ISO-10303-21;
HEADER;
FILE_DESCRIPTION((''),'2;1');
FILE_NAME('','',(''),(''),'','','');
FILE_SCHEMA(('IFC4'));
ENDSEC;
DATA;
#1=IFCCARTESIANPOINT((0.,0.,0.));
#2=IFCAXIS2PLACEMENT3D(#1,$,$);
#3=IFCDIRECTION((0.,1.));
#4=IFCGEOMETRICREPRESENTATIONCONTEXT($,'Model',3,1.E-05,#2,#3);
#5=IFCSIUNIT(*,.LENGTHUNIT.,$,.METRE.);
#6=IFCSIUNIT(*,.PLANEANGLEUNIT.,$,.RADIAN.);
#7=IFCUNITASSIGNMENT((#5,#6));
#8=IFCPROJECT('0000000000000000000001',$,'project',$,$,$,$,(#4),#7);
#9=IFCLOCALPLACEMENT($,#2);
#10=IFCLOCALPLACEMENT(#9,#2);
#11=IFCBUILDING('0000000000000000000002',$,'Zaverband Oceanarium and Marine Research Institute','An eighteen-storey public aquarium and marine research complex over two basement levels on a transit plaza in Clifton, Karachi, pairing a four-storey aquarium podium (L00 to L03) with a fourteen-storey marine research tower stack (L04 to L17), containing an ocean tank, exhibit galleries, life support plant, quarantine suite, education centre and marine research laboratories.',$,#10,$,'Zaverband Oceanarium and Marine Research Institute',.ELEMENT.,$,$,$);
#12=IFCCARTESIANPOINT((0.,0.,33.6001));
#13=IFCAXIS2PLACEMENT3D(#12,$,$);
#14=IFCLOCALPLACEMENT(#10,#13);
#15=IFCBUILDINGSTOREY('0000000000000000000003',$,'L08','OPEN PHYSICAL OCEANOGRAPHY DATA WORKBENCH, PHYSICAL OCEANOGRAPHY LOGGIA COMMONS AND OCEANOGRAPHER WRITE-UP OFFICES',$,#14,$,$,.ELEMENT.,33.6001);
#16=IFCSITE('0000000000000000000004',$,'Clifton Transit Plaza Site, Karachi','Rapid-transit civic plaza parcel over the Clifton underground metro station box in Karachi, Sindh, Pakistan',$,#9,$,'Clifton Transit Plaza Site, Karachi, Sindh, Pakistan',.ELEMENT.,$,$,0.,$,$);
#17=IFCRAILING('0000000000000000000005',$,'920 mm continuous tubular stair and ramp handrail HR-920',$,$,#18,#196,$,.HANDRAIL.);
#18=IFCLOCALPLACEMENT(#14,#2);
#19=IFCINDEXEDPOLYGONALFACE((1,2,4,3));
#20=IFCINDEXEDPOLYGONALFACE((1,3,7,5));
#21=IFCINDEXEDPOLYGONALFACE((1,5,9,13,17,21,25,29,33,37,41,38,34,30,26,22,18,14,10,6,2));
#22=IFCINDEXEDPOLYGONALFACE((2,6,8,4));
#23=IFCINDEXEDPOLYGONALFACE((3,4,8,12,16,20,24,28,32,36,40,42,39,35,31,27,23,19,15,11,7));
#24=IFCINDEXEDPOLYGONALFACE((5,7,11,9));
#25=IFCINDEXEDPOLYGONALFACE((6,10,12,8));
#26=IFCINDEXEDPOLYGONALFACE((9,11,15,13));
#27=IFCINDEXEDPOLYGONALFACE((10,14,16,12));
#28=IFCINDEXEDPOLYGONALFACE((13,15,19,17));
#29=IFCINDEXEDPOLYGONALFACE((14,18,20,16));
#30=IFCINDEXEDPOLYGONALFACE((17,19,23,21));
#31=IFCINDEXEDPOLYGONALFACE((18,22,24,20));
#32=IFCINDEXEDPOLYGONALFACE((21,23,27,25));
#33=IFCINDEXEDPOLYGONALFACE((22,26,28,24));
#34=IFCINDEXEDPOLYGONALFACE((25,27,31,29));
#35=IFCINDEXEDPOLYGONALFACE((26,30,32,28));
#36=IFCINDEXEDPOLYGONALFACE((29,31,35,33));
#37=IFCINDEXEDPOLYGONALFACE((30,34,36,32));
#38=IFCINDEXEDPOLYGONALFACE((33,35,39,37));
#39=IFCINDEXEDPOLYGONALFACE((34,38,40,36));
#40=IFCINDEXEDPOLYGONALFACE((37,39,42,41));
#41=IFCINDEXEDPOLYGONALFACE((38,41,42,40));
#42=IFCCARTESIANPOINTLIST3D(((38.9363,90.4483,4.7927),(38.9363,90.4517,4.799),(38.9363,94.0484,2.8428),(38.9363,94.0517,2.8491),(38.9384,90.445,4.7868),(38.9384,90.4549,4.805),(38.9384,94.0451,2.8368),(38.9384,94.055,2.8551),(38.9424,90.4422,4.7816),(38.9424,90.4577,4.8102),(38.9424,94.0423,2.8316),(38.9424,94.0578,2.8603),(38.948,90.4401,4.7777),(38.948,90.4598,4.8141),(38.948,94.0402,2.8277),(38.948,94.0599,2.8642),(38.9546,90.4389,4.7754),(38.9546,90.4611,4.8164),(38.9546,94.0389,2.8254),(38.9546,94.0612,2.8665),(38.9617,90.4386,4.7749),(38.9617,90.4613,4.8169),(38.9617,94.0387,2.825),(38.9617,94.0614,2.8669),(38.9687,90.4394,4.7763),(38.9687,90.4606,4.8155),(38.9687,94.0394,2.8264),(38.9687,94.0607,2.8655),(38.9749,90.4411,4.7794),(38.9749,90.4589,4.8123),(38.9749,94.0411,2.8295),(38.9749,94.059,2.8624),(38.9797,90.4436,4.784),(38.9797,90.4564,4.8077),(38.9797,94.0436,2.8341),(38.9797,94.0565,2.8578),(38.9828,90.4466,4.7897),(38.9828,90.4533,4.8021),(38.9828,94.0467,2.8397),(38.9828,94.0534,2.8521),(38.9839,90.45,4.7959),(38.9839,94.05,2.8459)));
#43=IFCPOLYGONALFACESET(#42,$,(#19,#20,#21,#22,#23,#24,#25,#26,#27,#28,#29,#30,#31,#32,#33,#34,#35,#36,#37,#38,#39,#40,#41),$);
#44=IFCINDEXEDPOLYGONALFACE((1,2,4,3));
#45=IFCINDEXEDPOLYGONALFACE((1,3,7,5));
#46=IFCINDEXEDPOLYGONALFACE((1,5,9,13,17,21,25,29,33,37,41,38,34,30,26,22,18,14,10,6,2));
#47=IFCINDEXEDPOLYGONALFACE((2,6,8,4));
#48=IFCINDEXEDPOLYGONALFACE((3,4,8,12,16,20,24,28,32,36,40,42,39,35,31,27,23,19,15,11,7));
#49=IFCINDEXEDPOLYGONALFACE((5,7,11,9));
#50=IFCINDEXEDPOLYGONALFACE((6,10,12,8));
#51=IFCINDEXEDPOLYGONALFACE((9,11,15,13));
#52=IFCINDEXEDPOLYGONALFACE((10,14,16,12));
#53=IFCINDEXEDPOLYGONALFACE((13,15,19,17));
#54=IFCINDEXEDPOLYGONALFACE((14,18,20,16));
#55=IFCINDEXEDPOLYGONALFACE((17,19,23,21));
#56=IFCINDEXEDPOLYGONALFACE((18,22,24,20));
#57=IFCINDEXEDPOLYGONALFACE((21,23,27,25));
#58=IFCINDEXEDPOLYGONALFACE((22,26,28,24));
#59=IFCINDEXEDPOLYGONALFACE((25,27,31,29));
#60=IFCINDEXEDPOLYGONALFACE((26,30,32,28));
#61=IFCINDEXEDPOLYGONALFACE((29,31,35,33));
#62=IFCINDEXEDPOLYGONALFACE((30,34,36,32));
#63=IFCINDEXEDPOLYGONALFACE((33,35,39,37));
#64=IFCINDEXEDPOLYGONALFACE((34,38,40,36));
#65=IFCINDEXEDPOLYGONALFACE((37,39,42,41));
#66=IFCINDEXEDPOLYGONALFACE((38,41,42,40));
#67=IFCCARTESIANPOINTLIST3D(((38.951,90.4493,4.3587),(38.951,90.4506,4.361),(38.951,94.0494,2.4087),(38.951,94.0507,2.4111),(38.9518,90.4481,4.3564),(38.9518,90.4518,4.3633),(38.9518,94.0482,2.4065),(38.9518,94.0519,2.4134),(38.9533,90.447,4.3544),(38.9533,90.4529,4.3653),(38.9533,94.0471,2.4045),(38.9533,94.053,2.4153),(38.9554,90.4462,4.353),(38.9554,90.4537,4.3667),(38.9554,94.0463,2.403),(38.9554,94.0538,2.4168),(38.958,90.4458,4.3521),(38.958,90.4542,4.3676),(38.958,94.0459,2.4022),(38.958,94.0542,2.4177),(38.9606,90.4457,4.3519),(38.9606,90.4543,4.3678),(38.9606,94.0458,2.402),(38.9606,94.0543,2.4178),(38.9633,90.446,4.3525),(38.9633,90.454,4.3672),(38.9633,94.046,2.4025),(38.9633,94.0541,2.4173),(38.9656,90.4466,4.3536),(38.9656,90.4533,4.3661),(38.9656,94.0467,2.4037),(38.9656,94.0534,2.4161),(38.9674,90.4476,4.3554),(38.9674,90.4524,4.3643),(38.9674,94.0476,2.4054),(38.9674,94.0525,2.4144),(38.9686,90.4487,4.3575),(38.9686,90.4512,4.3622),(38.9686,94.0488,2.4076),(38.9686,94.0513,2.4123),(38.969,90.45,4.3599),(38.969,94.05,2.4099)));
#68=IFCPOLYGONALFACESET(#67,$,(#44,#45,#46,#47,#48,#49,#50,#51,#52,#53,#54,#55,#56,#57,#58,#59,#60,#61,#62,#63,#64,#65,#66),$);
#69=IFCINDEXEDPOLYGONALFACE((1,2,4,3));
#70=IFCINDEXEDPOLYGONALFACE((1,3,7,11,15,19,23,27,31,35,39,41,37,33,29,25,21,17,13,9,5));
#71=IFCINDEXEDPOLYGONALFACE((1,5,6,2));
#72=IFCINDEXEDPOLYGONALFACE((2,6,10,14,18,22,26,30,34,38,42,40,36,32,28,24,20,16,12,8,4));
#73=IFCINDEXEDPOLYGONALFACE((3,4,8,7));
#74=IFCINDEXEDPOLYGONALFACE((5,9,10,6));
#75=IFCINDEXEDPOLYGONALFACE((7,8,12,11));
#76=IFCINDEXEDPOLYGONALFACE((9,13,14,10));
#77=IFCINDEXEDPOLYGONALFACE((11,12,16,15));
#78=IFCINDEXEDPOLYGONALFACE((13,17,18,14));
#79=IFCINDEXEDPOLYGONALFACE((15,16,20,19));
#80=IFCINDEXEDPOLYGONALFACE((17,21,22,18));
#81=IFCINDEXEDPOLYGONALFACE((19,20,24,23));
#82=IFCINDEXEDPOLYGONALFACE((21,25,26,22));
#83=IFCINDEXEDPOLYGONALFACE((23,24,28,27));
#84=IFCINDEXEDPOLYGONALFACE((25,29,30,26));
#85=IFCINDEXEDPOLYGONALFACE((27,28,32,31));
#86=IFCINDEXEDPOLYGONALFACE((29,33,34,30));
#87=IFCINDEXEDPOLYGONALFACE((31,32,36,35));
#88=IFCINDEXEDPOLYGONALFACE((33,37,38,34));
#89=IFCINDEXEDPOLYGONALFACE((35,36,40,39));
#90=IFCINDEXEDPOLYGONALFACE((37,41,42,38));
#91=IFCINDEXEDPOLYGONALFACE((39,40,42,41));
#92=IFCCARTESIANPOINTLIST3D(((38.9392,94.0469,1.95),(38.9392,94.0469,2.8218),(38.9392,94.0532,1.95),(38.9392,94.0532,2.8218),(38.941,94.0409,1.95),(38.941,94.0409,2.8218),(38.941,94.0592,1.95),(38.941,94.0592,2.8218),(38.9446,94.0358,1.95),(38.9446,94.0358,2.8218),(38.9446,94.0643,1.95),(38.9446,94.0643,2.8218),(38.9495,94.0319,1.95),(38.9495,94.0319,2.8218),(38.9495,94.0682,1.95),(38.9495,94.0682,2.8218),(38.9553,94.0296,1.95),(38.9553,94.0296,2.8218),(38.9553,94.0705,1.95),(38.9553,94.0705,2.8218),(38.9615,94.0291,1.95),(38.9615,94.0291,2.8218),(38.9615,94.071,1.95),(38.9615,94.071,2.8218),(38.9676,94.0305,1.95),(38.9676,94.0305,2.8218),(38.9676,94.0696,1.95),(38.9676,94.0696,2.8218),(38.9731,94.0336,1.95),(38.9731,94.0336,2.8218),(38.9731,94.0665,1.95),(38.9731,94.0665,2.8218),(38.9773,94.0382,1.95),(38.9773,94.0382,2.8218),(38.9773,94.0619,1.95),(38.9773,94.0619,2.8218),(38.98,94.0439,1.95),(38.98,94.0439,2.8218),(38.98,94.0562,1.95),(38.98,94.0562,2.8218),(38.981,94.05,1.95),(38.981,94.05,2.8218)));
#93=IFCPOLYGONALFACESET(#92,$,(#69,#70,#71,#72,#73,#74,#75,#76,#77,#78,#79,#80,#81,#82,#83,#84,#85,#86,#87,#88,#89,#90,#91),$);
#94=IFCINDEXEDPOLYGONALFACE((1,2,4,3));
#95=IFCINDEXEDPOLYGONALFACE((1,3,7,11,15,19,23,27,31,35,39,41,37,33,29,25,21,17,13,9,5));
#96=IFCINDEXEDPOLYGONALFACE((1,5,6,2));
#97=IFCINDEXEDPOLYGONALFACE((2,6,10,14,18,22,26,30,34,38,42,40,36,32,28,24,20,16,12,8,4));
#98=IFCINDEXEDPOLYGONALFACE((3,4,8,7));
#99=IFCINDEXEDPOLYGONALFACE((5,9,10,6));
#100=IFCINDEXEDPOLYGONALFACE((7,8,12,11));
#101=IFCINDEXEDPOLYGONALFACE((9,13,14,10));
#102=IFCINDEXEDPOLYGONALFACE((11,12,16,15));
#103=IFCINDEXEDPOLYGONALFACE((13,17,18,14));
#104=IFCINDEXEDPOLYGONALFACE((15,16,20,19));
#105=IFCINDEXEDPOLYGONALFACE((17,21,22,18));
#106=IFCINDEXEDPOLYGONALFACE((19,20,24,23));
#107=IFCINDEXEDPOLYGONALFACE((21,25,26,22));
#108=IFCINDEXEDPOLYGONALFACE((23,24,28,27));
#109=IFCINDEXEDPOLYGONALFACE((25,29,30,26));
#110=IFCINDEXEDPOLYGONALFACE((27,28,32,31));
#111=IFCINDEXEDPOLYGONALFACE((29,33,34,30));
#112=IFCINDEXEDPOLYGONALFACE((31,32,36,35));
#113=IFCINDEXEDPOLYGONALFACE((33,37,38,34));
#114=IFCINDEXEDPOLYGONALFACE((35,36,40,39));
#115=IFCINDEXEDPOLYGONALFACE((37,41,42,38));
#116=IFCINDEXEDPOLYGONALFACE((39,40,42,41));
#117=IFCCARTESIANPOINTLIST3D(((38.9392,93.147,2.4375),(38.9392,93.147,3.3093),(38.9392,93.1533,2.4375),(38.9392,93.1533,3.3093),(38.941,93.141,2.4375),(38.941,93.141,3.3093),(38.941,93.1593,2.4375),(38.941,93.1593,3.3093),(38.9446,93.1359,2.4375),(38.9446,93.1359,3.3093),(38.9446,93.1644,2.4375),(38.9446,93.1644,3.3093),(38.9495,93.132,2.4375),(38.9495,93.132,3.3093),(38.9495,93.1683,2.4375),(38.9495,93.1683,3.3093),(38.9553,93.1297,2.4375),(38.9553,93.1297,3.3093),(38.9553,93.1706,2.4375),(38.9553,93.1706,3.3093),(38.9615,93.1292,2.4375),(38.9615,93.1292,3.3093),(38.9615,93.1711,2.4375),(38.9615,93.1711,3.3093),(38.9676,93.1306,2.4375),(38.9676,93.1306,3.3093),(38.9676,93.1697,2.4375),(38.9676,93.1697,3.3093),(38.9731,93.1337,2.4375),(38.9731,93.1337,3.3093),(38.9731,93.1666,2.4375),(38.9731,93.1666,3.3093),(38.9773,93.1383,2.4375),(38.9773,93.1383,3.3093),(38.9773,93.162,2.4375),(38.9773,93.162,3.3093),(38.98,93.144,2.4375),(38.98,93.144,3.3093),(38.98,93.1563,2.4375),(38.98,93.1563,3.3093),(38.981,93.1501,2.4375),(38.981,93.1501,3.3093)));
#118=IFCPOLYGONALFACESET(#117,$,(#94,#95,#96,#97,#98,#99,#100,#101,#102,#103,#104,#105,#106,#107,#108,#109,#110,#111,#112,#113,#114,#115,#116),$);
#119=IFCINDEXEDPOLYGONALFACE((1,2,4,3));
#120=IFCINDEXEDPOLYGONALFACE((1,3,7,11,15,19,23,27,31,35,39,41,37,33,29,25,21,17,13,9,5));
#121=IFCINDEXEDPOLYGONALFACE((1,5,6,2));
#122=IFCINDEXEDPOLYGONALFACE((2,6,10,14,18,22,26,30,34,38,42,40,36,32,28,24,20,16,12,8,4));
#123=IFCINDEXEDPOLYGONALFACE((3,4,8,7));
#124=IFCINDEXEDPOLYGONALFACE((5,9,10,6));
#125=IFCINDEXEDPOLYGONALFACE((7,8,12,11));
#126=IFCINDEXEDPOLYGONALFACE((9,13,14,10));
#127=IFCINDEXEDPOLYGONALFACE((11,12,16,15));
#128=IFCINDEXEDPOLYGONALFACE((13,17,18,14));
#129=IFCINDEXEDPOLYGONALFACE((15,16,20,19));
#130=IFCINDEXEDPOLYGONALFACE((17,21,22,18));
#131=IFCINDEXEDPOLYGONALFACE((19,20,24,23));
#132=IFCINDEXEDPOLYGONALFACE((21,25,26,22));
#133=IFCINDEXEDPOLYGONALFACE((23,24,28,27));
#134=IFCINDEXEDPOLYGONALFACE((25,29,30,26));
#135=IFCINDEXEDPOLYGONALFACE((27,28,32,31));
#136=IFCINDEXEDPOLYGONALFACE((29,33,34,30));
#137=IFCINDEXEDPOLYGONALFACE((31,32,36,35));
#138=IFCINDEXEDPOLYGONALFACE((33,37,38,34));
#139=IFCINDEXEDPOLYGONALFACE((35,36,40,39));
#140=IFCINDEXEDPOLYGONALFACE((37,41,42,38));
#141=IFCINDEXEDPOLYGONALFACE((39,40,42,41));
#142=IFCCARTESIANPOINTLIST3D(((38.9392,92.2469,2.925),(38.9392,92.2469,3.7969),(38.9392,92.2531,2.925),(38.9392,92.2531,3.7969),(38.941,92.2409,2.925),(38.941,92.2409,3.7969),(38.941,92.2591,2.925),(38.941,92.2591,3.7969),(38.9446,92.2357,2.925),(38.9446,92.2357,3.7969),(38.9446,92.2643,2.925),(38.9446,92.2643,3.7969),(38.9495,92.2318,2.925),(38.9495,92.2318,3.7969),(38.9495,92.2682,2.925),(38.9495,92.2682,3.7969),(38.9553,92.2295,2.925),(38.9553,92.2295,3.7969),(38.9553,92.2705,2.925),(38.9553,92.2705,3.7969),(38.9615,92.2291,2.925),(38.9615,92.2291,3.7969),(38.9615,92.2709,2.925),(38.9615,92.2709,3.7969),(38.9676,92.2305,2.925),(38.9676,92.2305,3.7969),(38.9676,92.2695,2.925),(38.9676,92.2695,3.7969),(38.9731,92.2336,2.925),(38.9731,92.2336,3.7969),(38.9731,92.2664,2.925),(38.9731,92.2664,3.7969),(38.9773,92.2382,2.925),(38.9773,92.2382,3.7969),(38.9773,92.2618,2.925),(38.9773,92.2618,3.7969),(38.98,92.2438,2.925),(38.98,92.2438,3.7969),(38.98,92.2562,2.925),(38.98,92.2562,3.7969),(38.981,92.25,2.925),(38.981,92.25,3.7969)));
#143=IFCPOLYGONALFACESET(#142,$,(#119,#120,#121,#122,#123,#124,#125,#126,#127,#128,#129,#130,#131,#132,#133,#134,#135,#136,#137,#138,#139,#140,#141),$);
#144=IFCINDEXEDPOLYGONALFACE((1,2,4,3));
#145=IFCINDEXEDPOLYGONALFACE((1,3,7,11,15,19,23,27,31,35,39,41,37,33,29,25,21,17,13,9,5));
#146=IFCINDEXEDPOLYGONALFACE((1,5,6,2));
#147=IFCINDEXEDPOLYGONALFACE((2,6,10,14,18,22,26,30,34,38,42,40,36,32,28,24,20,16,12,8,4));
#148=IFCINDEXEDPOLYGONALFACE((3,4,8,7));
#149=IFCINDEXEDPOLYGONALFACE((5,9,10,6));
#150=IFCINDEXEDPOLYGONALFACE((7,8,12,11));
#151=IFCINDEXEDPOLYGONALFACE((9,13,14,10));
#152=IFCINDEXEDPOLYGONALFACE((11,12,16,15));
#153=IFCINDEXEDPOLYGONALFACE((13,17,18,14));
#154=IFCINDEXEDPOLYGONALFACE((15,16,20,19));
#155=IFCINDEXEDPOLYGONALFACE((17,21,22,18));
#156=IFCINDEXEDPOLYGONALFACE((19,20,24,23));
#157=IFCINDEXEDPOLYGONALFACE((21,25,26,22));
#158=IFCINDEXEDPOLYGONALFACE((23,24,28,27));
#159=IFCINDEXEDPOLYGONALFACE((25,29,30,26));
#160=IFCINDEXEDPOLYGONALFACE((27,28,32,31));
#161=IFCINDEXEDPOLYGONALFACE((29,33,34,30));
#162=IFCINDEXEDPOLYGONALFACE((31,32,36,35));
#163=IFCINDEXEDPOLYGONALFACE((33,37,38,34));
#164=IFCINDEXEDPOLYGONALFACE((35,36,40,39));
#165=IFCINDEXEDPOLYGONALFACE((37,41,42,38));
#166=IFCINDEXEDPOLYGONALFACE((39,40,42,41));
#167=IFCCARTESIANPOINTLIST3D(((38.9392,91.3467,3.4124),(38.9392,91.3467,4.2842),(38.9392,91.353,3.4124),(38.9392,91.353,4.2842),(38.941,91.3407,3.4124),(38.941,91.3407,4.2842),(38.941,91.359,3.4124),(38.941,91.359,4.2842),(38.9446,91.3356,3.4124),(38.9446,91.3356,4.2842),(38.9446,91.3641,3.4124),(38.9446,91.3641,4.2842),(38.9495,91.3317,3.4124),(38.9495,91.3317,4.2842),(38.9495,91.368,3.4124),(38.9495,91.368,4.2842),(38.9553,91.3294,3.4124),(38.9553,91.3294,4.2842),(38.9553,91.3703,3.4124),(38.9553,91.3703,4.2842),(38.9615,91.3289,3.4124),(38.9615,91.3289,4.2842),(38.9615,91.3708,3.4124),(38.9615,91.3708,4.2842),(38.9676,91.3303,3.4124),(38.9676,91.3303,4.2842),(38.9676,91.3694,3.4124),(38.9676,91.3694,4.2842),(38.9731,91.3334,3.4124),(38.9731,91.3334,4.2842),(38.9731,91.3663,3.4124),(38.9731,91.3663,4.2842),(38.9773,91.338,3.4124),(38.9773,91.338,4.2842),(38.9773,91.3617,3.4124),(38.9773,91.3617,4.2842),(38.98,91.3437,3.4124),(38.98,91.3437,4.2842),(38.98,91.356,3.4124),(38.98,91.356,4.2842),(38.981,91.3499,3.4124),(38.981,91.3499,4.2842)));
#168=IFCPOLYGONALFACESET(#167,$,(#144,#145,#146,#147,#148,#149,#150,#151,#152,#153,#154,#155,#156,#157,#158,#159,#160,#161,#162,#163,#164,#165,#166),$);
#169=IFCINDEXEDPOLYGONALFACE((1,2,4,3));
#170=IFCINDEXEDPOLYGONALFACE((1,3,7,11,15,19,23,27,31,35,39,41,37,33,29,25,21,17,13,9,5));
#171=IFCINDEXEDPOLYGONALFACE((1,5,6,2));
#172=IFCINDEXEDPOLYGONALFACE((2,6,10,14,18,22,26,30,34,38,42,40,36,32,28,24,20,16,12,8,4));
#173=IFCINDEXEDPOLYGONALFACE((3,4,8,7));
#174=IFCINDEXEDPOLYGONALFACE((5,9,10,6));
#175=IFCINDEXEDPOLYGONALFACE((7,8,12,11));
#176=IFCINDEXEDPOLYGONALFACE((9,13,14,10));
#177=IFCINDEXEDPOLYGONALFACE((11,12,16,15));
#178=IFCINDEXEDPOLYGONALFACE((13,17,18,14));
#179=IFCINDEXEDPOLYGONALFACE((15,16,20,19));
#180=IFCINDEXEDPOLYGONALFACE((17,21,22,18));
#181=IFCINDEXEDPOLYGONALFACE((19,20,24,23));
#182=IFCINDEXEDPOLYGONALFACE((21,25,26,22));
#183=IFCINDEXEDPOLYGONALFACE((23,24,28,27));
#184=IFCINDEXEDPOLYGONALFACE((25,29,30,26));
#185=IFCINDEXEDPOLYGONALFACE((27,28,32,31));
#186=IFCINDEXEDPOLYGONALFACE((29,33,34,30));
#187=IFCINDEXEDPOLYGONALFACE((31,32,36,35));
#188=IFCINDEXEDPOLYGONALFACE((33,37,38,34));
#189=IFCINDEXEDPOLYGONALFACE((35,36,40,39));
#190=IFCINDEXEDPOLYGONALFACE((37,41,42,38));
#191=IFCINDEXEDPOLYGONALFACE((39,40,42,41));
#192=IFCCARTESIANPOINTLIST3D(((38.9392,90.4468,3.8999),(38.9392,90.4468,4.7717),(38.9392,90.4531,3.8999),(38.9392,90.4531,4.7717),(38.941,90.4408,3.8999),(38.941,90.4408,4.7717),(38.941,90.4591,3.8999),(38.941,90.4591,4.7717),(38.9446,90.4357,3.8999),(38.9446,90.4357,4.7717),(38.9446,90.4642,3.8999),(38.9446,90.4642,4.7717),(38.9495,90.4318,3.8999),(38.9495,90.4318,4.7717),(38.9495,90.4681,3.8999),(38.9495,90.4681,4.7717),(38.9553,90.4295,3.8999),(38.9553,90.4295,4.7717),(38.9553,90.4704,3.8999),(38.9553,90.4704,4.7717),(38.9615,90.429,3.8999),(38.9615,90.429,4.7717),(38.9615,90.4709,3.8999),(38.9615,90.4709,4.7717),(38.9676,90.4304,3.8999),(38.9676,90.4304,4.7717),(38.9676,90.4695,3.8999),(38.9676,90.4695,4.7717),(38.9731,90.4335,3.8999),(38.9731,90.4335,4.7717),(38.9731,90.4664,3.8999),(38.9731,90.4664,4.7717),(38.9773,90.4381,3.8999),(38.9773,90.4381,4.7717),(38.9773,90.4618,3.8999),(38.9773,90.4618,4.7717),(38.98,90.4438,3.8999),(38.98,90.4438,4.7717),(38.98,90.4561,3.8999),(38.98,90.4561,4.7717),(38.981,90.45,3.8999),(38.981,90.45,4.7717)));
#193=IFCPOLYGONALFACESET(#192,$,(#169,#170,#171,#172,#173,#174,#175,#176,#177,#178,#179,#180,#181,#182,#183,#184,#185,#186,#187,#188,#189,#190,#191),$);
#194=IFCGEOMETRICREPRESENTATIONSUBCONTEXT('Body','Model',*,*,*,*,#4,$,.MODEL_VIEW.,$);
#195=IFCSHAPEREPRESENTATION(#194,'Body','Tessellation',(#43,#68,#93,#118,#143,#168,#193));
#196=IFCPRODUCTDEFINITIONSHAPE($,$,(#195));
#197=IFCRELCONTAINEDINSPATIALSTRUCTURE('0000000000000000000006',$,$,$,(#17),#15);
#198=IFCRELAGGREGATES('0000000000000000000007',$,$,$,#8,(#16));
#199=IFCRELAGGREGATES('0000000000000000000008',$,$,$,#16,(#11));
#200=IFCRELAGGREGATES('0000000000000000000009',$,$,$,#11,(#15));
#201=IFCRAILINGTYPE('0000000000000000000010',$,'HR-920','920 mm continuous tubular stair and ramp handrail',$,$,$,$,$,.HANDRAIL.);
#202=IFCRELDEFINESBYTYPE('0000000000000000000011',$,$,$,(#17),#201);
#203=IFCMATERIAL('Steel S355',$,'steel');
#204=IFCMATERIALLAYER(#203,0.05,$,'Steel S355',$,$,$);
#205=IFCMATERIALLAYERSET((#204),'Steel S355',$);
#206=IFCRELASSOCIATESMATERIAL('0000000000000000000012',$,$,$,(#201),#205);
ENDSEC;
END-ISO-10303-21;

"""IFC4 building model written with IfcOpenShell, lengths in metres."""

from ifc_helpers import new_model, si_unit, direction, frame, origin, origin_2d, place, context, subcontext, project, spatial, circle, extrude, material, layer, layer_set, type_object, element, save


model = new_model("IFC4")

# Units and contexts
model_context = context("Model", 3, precision=1e-05, world=origin(), true_north=direction((0.0, 1.0)))
body_context = subcontext(model_context, "Body", "Model", "MODEL_VIEW")
ifc_project = project(units=[si_unit("LENGTHUNIT", "METRE"), si_unit("PLANEANGLEUNIT", "RADIAN")], contexts=[model_context])

# Site, building, storey
site_placement = place(None, origin())
site = spatial("IfcSite", under=ifc_project, at=site_placement, Name="Clifton Transit Plaza Site, Karachi", Description="Rapid-transit civic plaza parcel over the Clifton underground metro station box in Karachi, Sindh, Pakistan", LongName="Clifton Transit Plaza Site, Karachi, Sindh, Pakistan", CompositionType="ELEMENT", RefElevation=0.0)
building_placement = place(site_placement, origin())
building = spatial("IfcBuilding", under=site, at=building_placement, Name="Zaverband Oceanarium and Marine Research Institute", Description="An eighteen-storey public aquarium and marine research complex over two basement levels on a transit plaza in Clifton, Karachi, pairing a four-storey aquarium podium (L00 to L03) with a fourteen-storey marine research tower stack (L04 to L17), containing an ocean tank, exhibit galleries, life support plant, quarantine suite, education centre and marine research laboratories.", LongName="Zaverband Oceanarium and Marine Research Institute", CompositionType="ELEMENT")
storey_placement = place(building_placement, frame((0.0, 0.0, 33.6001)))
storey = spatial("IfcBuildingStorey", under=building, at=storey_placement, Name="L08", Description="OPEN PHYSICAL OCEANOGRAPHY DATA WORKBENCH, PHYSICAL OCEANOGRAPHY LOGGIA COMMONS AND OCEANOGRAPHER WRITE-UP OFFICES", CompositionType="ELEMENT", Elevation=33.6001)

# Shared definitions
ifc_material_1 = material(Name="Steel S355", Category="steel")

# Railing
ifc_layer_1 = layer(ifc_material_1, 0.05, Name="Steel S355")
ifc_layer_set_1 = layer_set([ifc_layer_1], Name="Steel S355")
railing_type_1 = type_object("IfcRailingType", Name="HR-920", Description="920 mm continuous tubular stair and ramp handrail", PredefinedType="HANDRAIL", material=ifc_layer_set_1)
railing_1_placement = place(storey_placement, frame((38.96, 94.05, 1.95)))
element("IfcRailing", 1, at=railing_1_placement, inside=storey, type_object=railing_type_1, Name="920 mm continuous tubular stair and ramp handrail HR-920", PredefinedType="HANDRAIL", context=body_context, shape_type="SweptSolid", body=[
    extrude(circle(Radius=0.0239, at=origin_2d()), frame((0.0, 0.0, 0.896), z_axis=(0.0, -0.879302, 0.476264), x_axis=(1.0, 0.0, 0.0)), (0.0, 0.0, 1.0), 4.0942),
    extrude(circle(Radius=0.009, at=origin_2d()), frame((0.0, 0.0, 0.46), z_axis=(0.0, -0.879302, 0.476264), x_axis=(1.0, 0.0, 0.0)), (0.0, 0.0, 1.0), 4.0942),
    extrude(circle(Radius=0.021, at=origin_2d()), origin(), (0.0, 0.0, 1.0), 0.8718),
    extrude(circle(Radius=0.021, at=origin_2d()), frame((0.0, -0.8999, 0.4875)), (0.0, 0.0, 1.0), 0.8718),
    extrude(circle(Radius=0.021, at=origin_2d()), frame((0.0, -1.8, 0.9751)), (0.0, 0.0, 1.0), 0.8718),
    extrude(circle(Radius=0.021, at=origin_2d()), frame((0.0, -2.7002, 1.4624)), (0.0, 0.0, 1.0), 0.8718),
    extrude(circle(Radius=0.021, at=origin_2d()), frame((0.0, -3.6001, 1.95)), (0.0, 0.0, 1.0), 0.8718),
])

save(model, "model.ifc")
